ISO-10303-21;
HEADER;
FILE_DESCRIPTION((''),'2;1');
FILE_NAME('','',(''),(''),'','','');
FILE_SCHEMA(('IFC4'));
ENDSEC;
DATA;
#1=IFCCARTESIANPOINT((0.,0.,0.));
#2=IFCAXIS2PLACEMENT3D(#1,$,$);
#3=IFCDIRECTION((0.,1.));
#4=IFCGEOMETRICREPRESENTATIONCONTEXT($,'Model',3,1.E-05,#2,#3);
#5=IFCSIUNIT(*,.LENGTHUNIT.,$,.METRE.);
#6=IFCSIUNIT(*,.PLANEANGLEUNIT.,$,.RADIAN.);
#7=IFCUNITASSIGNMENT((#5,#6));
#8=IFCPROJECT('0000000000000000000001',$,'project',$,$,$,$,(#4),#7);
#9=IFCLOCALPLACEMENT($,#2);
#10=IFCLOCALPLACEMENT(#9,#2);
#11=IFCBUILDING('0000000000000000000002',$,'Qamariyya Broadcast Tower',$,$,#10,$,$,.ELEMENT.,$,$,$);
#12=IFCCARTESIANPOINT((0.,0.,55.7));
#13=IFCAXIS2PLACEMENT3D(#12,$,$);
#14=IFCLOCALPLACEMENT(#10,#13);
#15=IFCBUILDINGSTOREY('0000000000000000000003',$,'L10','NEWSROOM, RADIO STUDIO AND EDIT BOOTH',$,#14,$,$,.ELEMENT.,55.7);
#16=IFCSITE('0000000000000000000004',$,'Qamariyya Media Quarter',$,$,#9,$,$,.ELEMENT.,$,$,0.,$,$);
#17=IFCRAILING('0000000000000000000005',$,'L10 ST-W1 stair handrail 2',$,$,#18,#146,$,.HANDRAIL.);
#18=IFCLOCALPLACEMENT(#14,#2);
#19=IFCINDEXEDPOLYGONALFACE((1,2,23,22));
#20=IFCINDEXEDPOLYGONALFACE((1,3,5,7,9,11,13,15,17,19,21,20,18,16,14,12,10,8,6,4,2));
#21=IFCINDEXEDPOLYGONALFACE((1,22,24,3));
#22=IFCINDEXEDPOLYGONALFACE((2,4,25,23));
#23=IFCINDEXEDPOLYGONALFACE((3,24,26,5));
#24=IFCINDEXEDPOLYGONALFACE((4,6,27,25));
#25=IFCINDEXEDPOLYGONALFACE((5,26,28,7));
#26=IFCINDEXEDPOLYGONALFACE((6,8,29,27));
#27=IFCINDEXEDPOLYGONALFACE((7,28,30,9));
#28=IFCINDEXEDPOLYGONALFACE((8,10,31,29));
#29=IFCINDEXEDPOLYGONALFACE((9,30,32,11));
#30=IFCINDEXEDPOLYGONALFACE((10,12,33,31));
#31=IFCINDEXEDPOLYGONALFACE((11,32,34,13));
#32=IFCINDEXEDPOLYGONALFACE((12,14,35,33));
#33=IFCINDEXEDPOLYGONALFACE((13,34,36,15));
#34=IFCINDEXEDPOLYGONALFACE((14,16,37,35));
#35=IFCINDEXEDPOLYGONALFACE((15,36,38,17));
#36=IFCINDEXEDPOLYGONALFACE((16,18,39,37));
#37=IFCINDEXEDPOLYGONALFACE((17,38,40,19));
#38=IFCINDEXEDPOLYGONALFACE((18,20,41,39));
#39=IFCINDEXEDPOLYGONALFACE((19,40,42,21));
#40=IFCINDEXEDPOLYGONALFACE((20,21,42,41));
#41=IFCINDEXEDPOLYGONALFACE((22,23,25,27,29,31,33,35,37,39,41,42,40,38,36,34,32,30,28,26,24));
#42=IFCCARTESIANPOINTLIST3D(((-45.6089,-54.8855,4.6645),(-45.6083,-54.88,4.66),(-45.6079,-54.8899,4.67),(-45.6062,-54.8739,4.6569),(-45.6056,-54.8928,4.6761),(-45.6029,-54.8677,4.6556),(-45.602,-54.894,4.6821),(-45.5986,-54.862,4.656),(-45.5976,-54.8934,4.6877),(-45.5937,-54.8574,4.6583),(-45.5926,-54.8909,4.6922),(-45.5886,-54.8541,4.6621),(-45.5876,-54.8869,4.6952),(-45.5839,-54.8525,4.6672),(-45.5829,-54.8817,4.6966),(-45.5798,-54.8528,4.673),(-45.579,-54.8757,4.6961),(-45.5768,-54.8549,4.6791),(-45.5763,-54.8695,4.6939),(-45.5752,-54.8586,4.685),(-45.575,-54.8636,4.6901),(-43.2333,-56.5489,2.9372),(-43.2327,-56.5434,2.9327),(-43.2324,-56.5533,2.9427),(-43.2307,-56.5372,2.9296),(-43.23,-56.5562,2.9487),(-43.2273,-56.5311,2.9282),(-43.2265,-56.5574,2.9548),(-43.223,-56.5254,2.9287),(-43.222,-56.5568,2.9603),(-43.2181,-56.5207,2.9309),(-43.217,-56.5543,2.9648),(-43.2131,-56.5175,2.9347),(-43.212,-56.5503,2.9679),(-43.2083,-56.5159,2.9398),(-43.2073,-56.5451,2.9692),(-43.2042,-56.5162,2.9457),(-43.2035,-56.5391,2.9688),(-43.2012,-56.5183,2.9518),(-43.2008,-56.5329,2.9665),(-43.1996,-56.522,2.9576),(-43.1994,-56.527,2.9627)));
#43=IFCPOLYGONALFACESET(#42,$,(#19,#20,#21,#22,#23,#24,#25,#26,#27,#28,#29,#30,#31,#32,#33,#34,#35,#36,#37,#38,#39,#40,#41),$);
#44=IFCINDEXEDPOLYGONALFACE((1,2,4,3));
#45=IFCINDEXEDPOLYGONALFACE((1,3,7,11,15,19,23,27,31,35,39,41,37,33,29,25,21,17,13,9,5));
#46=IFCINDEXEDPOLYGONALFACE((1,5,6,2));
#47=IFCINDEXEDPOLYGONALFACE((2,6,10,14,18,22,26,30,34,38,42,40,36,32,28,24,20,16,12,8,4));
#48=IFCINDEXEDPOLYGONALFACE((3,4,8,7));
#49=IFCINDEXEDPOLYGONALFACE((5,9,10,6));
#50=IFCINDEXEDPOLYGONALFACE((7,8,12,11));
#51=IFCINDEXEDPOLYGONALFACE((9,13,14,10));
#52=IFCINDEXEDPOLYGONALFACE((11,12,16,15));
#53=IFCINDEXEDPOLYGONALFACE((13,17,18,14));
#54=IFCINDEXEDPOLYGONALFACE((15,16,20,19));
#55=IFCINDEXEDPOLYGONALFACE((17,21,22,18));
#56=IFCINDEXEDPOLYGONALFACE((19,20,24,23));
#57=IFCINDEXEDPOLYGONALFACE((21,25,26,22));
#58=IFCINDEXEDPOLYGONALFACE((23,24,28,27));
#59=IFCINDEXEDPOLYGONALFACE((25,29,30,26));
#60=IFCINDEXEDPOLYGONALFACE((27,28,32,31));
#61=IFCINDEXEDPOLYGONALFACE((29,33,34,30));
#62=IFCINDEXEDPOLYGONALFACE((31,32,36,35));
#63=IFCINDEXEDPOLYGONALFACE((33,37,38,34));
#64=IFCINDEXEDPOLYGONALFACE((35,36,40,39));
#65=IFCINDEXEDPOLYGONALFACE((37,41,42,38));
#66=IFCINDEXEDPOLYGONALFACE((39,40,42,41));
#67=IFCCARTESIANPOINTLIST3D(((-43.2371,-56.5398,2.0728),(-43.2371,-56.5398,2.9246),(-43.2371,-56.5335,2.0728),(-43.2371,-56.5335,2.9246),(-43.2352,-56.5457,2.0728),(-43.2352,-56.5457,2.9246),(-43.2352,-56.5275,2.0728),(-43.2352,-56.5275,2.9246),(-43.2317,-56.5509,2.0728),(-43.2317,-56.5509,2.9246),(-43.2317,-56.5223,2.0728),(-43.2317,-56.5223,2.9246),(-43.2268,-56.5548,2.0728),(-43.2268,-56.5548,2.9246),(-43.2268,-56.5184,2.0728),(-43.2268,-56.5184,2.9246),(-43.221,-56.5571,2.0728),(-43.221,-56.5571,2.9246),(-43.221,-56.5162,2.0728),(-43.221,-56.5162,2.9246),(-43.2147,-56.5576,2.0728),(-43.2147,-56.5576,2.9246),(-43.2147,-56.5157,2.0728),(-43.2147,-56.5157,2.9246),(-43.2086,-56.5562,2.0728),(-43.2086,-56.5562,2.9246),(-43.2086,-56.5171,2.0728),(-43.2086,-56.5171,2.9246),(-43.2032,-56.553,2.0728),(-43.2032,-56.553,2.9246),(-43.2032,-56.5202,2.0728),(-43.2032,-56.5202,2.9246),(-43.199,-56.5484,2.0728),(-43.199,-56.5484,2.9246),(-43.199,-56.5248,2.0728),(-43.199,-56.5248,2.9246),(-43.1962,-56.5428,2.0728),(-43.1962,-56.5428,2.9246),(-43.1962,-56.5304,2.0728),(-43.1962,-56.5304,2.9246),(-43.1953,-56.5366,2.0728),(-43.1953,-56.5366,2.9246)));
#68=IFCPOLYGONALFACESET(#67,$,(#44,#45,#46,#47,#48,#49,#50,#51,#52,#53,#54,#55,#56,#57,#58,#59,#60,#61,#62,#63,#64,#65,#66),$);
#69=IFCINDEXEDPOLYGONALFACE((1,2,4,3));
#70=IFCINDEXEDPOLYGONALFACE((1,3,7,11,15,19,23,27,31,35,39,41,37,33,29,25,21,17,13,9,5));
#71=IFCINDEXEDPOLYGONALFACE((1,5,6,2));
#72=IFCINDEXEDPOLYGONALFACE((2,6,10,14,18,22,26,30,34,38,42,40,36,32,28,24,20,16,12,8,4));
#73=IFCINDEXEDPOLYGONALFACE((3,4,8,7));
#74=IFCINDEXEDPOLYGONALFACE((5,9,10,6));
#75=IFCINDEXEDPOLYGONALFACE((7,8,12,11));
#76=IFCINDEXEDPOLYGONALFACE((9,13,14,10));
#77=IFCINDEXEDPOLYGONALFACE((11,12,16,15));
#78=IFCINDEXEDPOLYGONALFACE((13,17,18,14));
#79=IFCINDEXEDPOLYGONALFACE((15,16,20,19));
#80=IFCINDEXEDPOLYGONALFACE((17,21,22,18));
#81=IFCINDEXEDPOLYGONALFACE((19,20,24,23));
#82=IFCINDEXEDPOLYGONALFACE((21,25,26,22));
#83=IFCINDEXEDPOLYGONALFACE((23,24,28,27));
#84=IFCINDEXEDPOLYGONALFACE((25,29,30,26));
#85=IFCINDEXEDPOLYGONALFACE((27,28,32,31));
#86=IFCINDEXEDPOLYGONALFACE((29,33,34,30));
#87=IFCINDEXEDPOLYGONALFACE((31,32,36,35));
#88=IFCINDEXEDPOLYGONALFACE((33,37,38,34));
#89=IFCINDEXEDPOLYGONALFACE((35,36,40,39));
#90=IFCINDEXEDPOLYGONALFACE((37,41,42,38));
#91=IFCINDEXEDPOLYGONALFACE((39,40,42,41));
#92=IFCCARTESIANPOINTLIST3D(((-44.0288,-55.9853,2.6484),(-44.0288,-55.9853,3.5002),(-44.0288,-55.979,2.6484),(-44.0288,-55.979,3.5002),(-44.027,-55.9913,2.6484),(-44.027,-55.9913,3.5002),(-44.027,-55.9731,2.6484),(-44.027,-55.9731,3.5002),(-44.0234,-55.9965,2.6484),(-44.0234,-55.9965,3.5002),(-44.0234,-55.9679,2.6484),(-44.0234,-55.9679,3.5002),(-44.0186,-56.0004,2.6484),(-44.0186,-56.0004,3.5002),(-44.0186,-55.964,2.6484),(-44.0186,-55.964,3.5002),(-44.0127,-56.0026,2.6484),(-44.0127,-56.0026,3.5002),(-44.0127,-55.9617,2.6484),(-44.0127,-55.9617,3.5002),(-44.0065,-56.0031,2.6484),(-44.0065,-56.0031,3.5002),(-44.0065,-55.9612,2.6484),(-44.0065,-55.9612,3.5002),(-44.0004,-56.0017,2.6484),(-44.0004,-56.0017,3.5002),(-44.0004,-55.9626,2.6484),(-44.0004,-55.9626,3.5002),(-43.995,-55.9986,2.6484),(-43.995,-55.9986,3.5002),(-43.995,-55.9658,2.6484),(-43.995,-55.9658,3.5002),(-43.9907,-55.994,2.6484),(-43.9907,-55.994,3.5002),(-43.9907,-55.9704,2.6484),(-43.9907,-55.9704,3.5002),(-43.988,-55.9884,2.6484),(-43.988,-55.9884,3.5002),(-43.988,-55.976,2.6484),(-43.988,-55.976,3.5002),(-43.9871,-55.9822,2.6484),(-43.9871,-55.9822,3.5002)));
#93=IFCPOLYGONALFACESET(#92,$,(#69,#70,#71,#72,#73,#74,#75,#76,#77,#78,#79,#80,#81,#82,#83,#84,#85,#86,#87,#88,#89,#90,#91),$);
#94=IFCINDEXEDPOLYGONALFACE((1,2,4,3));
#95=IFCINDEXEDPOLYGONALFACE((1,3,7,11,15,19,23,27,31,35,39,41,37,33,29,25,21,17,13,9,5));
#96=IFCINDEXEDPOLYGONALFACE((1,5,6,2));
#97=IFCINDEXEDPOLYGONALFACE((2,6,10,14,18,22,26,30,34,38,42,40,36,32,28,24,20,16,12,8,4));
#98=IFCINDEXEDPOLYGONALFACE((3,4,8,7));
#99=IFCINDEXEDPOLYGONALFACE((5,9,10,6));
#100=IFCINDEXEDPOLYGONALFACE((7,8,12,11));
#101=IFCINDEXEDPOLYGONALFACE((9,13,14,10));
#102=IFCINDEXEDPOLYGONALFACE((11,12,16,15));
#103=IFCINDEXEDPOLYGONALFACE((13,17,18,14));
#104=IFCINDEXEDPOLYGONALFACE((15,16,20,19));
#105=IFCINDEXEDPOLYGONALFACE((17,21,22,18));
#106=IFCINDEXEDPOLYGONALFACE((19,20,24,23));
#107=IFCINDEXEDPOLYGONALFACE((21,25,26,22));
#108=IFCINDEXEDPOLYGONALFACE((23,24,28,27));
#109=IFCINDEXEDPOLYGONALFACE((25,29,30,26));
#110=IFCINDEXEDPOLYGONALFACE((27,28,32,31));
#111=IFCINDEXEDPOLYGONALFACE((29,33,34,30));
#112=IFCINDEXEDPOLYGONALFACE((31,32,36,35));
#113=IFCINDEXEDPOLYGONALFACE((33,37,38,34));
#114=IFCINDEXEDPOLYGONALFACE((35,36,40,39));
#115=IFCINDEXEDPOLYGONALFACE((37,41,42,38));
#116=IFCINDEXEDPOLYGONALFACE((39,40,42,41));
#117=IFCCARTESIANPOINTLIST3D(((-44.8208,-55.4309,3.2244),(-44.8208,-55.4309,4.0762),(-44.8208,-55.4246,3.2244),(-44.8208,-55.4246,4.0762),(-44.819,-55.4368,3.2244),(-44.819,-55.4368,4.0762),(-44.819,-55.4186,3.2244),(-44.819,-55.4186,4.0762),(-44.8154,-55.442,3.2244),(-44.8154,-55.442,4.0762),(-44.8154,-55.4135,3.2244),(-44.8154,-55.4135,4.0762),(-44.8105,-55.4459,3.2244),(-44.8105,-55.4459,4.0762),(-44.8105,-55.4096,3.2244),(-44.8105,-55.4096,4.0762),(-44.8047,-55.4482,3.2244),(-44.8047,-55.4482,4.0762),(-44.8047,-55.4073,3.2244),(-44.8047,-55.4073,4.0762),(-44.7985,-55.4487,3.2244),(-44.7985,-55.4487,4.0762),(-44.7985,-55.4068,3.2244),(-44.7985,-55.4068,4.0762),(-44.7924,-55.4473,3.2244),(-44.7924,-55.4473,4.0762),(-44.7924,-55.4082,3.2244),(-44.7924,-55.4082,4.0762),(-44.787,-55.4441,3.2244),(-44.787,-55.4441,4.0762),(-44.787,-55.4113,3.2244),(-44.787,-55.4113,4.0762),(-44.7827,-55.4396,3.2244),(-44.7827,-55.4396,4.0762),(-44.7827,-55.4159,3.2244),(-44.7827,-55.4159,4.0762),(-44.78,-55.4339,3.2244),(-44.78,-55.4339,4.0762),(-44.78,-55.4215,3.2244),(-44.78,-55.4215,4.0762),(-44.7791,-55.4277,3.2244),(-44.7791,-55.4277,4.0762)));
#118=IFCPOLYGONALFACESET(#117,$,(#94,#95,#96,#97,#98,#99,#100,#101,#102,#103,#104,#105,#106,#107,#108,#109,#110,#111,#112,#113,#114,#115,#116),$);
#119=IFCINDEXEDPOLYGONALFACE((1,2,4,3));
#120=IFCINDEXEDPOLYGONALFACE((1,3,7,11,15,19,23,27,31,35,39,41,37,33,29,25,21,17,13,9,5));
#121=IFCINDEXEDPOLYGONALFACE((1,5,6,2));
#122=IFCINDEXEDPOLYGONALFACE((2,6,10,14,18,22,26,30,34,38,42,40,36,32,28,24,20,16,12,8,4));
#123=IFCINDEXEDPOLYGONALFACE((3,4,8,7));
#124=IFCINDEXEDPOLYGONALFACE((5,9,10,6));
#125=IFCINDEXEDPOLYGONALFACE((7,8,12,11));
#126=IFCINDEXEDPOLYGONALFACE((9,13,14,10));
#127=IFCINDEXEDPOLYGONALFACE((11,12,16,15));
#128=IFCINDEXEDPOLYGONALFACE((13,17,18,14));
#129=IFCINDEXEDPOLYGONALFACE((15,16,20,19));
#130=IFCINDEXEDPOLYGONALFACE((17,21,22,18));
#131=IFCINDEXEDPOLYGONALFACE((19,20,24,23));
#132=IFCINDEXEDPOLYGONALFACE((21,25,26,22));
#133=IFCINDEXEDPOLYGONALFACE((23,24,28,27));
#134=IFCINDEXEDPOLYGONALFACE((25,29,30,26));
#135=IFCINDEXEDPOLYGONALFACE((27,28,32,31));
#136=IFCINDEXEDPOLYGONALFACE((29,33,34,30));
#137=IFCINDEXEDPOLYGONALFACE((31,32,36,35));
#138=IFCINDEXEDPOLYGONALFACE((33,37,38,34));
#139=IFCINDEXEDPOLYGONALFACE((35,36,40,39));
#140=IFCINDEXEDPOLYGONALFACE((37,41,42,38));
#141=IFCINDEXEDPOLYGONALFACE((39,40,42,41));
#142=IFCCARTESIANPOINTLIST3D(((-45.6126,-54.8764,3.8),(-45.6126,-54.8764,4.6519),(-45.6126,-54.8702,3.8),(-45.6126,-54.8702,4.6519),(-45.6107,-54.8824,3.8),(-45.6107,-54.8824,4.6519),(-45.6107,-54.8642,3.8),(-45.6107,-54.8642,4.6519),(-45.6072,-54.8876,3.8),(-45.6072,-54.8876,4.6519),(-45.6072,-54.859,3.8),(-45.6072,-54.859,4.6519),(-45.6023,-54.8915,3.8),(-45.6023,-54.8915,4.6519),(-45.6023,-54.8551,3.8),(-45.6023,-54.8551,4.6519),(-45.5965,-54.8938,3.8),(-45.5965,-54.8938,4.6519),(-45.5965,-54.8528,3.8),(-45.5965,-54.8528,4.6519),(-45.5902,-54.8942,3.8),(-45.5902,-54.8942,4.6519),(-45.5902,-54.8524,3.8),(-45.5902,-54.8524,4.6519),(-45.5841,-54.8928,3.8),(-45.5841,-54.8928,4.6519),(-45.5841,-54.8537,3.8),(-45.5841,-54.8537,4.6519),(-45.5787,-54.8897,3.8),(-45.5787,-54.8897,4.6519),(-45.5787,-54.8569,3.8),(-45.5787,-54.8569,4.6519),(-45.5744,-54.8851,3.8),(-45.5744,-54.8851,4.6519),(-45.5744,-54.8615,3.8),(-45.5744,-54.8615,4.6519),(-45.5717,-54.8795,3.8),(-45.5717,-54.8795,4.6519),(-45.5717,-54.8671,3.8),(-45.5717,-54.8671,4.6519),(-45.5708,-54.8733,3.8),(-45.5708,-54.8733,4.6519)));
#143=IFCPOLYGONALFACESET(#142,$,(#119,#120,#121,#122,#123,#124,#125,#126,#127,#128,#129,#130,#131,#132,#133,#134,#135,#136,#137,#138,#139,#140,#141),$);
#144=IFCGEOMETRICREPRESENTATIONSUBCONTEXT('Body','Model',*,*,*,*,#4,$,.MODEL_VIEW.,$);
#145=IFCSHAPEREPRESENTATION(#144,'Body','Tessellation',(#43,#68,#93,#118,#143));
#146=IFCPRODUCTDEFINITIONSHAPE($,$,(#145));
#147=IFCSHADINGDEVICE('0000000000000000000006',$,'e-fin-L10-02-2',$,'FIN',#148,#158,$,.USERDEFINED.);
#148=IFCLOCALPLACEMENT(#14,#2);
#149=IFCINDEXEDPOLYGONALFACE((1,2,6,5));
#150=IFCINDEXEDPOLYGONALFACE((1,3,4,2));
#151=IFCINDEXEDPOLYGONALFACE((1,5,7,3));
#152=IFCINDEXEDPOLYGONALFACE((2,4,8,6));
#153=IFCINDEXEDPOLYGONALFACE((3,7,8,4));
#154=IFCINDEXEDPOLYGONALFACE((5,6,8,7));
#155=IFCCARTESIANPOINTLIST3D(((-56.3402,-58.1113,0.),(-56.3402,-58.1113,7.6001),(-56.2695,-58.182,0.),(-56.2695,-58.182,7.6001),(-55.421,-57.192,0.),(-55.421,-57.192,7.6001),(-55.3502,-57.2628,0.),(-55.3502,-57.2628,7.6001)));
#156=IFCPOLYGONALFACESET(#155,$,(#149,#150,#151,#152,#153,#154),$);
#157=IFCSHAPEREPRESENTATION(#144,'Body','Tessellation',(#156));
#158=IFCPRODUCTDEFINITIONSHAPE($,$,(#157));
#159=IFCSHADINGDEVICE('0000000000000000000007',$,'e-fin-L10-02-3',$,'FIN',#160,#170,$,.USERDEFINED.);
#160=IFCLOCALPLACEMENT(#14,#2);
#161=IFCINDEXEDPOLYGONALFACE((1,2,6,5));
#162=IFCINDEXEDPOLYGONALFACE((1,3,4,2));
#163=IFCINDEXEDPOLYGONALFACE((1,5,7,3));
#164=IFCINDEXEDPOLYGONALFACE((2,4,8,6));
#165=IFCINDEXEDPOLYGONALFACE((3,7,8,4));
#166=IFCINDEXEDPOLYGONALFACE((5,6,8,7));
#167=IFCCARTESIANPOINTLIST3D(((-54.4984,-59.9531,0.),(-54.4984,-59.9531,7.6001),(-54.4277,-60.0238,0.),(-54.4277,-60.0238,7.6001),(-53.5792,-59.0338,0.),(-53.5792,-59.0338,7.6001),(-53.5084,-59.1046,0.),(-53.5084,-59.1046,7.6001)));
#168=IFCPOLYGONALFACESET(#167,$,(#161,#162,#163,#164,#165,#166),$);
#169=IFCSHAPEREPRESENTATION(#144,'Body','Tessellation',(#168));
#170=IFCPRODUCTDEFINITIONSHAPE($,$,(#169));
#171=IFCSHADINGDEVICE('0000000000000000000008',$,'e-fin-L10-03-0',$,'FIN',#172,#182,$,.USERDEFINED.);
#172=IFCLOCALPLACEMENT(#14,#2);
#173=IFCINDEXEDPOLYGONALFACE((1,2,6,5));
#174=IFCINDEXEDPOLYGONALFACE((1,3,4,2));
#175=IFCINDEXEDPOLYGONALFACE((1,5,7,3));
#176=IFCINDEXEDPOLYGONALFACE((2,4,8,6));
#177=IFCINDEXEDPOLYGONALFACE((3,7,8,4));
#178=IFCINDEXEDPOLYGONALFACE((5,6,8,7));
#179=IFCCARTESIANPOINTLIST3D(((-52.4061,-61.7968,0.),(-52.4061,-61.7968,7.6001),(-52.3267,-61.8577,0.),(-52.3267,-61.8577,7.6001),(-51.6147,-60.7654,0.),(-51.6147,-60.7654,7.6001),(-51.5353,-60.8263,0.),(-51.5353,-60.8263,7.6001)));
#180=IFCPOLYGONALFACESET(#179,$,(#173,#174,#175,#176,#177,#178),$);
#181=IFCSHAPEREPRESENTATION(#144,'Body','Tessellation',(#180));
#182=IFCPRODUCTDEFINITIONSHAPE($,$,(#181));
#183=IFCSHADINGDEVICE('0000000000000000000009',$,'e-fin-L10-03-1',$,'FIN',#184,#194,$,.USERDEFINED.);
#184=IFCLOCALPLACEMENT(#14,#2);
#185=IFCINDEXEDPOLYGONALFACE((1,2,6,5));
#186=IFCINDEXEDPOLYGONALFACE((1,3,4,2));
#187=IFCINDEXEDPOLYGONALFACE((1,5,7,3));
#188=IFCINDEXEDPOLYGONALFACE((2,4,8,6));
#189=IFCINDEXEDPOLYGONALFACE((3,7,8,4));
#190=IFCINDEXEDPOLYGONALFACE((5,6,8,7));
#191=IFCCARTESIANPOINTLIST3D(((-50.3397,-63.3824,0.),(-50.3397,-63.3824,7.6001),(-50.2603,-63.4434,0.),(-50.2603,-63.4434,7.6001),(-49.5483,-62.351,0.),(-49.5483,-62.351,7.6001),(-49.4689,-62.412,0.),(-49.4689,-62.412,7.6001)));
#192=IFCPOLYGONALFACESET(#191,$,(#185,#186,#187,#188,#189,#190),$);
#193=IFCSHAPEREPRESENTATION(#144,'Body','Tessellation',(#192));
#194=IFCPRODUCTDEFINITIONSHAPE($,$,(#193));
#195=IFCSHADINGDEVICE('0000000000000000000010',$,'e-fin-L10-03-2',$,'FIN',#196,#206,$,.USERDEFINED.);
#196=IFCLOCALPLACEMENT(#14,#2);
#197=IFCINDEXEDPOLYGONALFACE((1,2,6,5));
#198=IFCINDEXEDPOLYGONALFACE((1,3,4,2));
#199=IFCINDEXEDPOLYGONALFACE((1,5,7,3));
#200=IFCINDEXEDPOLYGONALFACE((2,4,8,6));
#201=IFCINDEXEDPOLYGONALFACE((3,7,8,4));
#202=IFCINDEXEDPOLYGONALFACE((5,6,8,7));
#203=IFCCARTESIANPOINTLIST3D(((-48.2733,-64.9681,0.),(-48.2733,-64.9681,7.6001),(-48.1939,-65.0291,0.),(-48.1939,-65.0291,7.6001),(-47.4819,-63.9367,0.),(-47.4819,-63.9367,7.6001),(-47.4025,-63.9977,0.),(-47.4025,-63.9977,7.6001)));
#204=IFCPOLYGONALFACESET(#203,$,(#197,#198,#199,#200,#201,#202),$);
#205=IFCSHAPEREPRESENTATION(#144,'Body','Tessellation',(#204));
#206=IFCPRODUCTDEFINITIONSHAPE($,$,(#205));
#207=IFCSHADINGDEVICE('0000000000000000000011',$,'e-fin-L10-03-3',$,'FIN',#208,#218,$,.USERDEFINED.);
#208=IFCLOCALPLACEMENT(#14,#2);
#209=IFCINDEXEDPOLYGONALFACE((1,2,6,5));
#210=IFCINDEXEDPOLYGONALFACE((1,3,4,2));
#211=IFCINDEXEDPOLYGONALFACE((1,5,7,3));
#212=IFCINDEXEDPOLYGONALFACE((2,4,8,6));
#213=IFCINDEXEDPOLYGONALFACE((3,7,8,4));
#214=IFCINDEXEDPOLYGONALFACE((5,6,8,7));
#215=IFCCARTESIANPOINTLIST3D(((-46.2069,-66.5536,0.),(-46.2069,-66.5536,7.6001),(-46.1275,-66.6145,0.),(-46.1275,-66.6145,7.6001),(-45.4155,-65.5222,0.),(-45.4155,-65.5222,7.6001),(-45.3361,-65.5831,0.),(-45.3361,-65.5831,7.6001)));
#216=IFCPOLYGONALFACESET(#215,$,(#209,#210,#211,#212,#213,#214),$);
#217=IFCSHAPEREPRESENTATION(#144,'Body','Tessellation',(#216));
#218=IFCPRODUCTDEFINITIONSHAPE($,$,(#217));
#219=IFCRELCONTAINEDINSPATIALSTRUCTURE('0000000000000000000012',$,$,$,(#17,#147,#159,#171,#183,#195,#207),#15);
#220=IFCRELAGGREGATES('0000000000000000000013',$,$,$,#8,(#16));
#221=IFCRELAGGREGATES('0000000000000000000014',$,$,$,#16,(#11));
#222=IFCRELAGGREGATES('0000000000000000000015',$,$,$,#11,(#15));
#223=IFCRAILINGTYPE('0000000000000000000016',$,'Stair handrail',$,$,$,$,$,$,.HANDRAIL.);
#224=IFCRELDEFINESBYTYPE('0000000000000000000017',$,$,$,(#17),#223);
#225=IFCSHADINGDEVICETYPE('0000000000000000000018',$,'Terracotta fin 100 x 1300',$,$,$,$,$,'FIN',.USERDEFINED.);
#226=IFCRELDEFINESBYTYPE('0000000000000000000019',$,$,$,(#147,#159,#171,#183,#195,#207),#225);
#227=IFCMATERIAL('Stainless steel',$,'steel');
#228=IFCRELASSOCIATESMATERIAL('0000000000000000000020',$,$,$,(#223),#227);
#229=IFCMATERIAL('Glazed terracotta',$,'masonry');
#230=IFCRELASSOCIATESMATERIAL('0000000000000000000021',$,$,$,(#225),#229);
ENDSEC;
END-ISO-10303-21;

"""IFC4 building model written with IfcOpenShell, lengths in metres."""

from ifc_helpers import new_model, si_unit, direction, frame, origin, origin_2d, place, context, subcontext, project, spatial, rectangle, circle, extrude, material, material_profile, profile_set, type_object, element, save


model = new_model("IFC4")

# Units and contexts
model_context = context("Model", 3, precision=1e-05, world=origin(), true_north=direction((0.0, 1.0)))
body_context = subcontext(model_context, "Body", "Model", "MODEL_VIEW")
ifc_project = project(units=[si_unit("LENGTHUNIT", "METRE"), si_unit("PLANEANGLEUNIT", "RADIAN")], contexts=[model_context])

# Site, building, storey
site_placement = place(None, origin())
site = spatial("IfcSite", under=ifc_project, at=site_placement, Name="Qamariyya Media Quarter", CompositionType="ELEMENT", RefElevation=0.0)
building_placement = place(site_placement, origin())
building = spatial("IfcBuilding", under=site, at=building_placement, Name="Qamariyya Broadcast Tower", CompositionType="ELEMENT")
storey_placement = place(building_placement, frame((0.0, 0.0, 55.7)))
storey = spatial("IfcBuildingStorey", under=building, at=storey_placement, Name="L10", Description="NEWSROOM, RADIO STUDIO AND EDIT BOOTH", CompositionType="ELEMENT", Elevation=55.7)

# Railing
ifc_material_1 = material(Name="Stainless steel", Category="steel")
railing_type_1 = type_object("IfcRailingType", Name="Stair handrail", PredefinedType="HANDRAIL", material=ifc_material_1)
railing_1_placement = place(storey_placement, frame((-43.2163, -56.5366, 2.0728)))
element("IfcRailing", 1, at=railing_1_placement, inside=storey, type_object=railing_type_1, Name="L10 ST-W1 stair handrail 2", PredefinedType="HANDRAIL", context=body_context, shape_type="SweptSolid", body=[
    extrude(circle(Radius=0.0239, at=origin_2d()), frame((0.0, 0.0, 0.876), z_axis=(-0.70377, 0.492784, 0.511734), x_axis=(-0.573575, -0.819153, 0.0)), (0.0, 0.0, 1.0), 3.3755),
    extrude(circle(Radius=0.021, at=origin_2d()), origin(), (0.0, 0.0, 1.0), 0.8518),
    extrude(circle(Radius=0.021, at=origin_2d()), frame((-0.7917, 0.5544, 0.5757)), (0.0, 0.0, 1.0), 0.8518),
    extrude(circle(Radius=0.021, at=origin_2d()), frame((-1.5837, 1.1089, 1.1516)), (0.0, 0.0, 1.0), 0.8518),
    extrude(circle(Radius=0.021, at=origin_2d()), frame((-2.3755, 1.6633, 1.7273)), (0.0, 0.0, 1.0), 0.8518),
])

# Shading devices
ifc_material_2 = material(Name="Glazed terracotta", Category="masonry")
ifc_material_profile_1 = material_profile(ifc_material_2, rectangle(XDim=1.3, YDim=0.1001, at=origin_2d()))
ifc_profile_set_1 = profile_set([ifc_material_profile_1], Name="Glazed terracotta")
shading_device_type_1 = type_object("IfcShadingDeviceType", Name="Terracotta fin 100 x 1300", ElementType="FIN", PredefinedType="USERDEFINED", material=ifc_profile_set_1)
for number, where, z_axis, x_axis, name in (
    (2, (-55.8452, -57.687, 0.0), (0.0, 0.0, 1.0), (-0.707107, -0.707107, 0.0), "e-fin-L10-02-2"),
    (3, (-54.0034, -59.5288, 0.0), (0.0, 0.0, 1.0), (-0.707107, -0.707107, 0.0), "e-fin-L10-02-3"),
    (4, (-51.9707, -61.3115, 0.0), (0.0, 0.0, 1.0), (-0.608761, -0.793353, 0.0), "e-fin-L10-03-0"),
    (5, (-49.9043, -62.8972, 0.0), (0.0, 0.0, 1.0), (-0.608761, -0.793353, 0.0), "e-fin-L10-03-1"),
    (6, (-47.8379, -64.4829, 0.0), (0.0, 0.0, 1.0), (-0.608761, -0.793353, 0.0), "e-fin-L10-03-2"),
    (7, (-45.7715, -66.0684, 0.0), (0.0, 0.0, 1.0), (-0.608761, -0.793353, 0.0), "e-fin-L10-03-3"),
):
    element("IfcShadingDevice", number, at=place(storey_placement, frame(where, z_axis=z_axis, x_axis=x_axis)), inside=storey, type_object=shading_device_type_1, Name=name, ObjectType="FIN", PredefinedType="USERDEFINED", context=body_context, shape_type="SweptSolid", body=[
        extrude(rectangle(XDim=1.3, YDim=0.1001, at=origin_2d()), origin(), (0.0, 0.0, 1.0), 7.6001),
    ])

save(model, "model.ifc")
